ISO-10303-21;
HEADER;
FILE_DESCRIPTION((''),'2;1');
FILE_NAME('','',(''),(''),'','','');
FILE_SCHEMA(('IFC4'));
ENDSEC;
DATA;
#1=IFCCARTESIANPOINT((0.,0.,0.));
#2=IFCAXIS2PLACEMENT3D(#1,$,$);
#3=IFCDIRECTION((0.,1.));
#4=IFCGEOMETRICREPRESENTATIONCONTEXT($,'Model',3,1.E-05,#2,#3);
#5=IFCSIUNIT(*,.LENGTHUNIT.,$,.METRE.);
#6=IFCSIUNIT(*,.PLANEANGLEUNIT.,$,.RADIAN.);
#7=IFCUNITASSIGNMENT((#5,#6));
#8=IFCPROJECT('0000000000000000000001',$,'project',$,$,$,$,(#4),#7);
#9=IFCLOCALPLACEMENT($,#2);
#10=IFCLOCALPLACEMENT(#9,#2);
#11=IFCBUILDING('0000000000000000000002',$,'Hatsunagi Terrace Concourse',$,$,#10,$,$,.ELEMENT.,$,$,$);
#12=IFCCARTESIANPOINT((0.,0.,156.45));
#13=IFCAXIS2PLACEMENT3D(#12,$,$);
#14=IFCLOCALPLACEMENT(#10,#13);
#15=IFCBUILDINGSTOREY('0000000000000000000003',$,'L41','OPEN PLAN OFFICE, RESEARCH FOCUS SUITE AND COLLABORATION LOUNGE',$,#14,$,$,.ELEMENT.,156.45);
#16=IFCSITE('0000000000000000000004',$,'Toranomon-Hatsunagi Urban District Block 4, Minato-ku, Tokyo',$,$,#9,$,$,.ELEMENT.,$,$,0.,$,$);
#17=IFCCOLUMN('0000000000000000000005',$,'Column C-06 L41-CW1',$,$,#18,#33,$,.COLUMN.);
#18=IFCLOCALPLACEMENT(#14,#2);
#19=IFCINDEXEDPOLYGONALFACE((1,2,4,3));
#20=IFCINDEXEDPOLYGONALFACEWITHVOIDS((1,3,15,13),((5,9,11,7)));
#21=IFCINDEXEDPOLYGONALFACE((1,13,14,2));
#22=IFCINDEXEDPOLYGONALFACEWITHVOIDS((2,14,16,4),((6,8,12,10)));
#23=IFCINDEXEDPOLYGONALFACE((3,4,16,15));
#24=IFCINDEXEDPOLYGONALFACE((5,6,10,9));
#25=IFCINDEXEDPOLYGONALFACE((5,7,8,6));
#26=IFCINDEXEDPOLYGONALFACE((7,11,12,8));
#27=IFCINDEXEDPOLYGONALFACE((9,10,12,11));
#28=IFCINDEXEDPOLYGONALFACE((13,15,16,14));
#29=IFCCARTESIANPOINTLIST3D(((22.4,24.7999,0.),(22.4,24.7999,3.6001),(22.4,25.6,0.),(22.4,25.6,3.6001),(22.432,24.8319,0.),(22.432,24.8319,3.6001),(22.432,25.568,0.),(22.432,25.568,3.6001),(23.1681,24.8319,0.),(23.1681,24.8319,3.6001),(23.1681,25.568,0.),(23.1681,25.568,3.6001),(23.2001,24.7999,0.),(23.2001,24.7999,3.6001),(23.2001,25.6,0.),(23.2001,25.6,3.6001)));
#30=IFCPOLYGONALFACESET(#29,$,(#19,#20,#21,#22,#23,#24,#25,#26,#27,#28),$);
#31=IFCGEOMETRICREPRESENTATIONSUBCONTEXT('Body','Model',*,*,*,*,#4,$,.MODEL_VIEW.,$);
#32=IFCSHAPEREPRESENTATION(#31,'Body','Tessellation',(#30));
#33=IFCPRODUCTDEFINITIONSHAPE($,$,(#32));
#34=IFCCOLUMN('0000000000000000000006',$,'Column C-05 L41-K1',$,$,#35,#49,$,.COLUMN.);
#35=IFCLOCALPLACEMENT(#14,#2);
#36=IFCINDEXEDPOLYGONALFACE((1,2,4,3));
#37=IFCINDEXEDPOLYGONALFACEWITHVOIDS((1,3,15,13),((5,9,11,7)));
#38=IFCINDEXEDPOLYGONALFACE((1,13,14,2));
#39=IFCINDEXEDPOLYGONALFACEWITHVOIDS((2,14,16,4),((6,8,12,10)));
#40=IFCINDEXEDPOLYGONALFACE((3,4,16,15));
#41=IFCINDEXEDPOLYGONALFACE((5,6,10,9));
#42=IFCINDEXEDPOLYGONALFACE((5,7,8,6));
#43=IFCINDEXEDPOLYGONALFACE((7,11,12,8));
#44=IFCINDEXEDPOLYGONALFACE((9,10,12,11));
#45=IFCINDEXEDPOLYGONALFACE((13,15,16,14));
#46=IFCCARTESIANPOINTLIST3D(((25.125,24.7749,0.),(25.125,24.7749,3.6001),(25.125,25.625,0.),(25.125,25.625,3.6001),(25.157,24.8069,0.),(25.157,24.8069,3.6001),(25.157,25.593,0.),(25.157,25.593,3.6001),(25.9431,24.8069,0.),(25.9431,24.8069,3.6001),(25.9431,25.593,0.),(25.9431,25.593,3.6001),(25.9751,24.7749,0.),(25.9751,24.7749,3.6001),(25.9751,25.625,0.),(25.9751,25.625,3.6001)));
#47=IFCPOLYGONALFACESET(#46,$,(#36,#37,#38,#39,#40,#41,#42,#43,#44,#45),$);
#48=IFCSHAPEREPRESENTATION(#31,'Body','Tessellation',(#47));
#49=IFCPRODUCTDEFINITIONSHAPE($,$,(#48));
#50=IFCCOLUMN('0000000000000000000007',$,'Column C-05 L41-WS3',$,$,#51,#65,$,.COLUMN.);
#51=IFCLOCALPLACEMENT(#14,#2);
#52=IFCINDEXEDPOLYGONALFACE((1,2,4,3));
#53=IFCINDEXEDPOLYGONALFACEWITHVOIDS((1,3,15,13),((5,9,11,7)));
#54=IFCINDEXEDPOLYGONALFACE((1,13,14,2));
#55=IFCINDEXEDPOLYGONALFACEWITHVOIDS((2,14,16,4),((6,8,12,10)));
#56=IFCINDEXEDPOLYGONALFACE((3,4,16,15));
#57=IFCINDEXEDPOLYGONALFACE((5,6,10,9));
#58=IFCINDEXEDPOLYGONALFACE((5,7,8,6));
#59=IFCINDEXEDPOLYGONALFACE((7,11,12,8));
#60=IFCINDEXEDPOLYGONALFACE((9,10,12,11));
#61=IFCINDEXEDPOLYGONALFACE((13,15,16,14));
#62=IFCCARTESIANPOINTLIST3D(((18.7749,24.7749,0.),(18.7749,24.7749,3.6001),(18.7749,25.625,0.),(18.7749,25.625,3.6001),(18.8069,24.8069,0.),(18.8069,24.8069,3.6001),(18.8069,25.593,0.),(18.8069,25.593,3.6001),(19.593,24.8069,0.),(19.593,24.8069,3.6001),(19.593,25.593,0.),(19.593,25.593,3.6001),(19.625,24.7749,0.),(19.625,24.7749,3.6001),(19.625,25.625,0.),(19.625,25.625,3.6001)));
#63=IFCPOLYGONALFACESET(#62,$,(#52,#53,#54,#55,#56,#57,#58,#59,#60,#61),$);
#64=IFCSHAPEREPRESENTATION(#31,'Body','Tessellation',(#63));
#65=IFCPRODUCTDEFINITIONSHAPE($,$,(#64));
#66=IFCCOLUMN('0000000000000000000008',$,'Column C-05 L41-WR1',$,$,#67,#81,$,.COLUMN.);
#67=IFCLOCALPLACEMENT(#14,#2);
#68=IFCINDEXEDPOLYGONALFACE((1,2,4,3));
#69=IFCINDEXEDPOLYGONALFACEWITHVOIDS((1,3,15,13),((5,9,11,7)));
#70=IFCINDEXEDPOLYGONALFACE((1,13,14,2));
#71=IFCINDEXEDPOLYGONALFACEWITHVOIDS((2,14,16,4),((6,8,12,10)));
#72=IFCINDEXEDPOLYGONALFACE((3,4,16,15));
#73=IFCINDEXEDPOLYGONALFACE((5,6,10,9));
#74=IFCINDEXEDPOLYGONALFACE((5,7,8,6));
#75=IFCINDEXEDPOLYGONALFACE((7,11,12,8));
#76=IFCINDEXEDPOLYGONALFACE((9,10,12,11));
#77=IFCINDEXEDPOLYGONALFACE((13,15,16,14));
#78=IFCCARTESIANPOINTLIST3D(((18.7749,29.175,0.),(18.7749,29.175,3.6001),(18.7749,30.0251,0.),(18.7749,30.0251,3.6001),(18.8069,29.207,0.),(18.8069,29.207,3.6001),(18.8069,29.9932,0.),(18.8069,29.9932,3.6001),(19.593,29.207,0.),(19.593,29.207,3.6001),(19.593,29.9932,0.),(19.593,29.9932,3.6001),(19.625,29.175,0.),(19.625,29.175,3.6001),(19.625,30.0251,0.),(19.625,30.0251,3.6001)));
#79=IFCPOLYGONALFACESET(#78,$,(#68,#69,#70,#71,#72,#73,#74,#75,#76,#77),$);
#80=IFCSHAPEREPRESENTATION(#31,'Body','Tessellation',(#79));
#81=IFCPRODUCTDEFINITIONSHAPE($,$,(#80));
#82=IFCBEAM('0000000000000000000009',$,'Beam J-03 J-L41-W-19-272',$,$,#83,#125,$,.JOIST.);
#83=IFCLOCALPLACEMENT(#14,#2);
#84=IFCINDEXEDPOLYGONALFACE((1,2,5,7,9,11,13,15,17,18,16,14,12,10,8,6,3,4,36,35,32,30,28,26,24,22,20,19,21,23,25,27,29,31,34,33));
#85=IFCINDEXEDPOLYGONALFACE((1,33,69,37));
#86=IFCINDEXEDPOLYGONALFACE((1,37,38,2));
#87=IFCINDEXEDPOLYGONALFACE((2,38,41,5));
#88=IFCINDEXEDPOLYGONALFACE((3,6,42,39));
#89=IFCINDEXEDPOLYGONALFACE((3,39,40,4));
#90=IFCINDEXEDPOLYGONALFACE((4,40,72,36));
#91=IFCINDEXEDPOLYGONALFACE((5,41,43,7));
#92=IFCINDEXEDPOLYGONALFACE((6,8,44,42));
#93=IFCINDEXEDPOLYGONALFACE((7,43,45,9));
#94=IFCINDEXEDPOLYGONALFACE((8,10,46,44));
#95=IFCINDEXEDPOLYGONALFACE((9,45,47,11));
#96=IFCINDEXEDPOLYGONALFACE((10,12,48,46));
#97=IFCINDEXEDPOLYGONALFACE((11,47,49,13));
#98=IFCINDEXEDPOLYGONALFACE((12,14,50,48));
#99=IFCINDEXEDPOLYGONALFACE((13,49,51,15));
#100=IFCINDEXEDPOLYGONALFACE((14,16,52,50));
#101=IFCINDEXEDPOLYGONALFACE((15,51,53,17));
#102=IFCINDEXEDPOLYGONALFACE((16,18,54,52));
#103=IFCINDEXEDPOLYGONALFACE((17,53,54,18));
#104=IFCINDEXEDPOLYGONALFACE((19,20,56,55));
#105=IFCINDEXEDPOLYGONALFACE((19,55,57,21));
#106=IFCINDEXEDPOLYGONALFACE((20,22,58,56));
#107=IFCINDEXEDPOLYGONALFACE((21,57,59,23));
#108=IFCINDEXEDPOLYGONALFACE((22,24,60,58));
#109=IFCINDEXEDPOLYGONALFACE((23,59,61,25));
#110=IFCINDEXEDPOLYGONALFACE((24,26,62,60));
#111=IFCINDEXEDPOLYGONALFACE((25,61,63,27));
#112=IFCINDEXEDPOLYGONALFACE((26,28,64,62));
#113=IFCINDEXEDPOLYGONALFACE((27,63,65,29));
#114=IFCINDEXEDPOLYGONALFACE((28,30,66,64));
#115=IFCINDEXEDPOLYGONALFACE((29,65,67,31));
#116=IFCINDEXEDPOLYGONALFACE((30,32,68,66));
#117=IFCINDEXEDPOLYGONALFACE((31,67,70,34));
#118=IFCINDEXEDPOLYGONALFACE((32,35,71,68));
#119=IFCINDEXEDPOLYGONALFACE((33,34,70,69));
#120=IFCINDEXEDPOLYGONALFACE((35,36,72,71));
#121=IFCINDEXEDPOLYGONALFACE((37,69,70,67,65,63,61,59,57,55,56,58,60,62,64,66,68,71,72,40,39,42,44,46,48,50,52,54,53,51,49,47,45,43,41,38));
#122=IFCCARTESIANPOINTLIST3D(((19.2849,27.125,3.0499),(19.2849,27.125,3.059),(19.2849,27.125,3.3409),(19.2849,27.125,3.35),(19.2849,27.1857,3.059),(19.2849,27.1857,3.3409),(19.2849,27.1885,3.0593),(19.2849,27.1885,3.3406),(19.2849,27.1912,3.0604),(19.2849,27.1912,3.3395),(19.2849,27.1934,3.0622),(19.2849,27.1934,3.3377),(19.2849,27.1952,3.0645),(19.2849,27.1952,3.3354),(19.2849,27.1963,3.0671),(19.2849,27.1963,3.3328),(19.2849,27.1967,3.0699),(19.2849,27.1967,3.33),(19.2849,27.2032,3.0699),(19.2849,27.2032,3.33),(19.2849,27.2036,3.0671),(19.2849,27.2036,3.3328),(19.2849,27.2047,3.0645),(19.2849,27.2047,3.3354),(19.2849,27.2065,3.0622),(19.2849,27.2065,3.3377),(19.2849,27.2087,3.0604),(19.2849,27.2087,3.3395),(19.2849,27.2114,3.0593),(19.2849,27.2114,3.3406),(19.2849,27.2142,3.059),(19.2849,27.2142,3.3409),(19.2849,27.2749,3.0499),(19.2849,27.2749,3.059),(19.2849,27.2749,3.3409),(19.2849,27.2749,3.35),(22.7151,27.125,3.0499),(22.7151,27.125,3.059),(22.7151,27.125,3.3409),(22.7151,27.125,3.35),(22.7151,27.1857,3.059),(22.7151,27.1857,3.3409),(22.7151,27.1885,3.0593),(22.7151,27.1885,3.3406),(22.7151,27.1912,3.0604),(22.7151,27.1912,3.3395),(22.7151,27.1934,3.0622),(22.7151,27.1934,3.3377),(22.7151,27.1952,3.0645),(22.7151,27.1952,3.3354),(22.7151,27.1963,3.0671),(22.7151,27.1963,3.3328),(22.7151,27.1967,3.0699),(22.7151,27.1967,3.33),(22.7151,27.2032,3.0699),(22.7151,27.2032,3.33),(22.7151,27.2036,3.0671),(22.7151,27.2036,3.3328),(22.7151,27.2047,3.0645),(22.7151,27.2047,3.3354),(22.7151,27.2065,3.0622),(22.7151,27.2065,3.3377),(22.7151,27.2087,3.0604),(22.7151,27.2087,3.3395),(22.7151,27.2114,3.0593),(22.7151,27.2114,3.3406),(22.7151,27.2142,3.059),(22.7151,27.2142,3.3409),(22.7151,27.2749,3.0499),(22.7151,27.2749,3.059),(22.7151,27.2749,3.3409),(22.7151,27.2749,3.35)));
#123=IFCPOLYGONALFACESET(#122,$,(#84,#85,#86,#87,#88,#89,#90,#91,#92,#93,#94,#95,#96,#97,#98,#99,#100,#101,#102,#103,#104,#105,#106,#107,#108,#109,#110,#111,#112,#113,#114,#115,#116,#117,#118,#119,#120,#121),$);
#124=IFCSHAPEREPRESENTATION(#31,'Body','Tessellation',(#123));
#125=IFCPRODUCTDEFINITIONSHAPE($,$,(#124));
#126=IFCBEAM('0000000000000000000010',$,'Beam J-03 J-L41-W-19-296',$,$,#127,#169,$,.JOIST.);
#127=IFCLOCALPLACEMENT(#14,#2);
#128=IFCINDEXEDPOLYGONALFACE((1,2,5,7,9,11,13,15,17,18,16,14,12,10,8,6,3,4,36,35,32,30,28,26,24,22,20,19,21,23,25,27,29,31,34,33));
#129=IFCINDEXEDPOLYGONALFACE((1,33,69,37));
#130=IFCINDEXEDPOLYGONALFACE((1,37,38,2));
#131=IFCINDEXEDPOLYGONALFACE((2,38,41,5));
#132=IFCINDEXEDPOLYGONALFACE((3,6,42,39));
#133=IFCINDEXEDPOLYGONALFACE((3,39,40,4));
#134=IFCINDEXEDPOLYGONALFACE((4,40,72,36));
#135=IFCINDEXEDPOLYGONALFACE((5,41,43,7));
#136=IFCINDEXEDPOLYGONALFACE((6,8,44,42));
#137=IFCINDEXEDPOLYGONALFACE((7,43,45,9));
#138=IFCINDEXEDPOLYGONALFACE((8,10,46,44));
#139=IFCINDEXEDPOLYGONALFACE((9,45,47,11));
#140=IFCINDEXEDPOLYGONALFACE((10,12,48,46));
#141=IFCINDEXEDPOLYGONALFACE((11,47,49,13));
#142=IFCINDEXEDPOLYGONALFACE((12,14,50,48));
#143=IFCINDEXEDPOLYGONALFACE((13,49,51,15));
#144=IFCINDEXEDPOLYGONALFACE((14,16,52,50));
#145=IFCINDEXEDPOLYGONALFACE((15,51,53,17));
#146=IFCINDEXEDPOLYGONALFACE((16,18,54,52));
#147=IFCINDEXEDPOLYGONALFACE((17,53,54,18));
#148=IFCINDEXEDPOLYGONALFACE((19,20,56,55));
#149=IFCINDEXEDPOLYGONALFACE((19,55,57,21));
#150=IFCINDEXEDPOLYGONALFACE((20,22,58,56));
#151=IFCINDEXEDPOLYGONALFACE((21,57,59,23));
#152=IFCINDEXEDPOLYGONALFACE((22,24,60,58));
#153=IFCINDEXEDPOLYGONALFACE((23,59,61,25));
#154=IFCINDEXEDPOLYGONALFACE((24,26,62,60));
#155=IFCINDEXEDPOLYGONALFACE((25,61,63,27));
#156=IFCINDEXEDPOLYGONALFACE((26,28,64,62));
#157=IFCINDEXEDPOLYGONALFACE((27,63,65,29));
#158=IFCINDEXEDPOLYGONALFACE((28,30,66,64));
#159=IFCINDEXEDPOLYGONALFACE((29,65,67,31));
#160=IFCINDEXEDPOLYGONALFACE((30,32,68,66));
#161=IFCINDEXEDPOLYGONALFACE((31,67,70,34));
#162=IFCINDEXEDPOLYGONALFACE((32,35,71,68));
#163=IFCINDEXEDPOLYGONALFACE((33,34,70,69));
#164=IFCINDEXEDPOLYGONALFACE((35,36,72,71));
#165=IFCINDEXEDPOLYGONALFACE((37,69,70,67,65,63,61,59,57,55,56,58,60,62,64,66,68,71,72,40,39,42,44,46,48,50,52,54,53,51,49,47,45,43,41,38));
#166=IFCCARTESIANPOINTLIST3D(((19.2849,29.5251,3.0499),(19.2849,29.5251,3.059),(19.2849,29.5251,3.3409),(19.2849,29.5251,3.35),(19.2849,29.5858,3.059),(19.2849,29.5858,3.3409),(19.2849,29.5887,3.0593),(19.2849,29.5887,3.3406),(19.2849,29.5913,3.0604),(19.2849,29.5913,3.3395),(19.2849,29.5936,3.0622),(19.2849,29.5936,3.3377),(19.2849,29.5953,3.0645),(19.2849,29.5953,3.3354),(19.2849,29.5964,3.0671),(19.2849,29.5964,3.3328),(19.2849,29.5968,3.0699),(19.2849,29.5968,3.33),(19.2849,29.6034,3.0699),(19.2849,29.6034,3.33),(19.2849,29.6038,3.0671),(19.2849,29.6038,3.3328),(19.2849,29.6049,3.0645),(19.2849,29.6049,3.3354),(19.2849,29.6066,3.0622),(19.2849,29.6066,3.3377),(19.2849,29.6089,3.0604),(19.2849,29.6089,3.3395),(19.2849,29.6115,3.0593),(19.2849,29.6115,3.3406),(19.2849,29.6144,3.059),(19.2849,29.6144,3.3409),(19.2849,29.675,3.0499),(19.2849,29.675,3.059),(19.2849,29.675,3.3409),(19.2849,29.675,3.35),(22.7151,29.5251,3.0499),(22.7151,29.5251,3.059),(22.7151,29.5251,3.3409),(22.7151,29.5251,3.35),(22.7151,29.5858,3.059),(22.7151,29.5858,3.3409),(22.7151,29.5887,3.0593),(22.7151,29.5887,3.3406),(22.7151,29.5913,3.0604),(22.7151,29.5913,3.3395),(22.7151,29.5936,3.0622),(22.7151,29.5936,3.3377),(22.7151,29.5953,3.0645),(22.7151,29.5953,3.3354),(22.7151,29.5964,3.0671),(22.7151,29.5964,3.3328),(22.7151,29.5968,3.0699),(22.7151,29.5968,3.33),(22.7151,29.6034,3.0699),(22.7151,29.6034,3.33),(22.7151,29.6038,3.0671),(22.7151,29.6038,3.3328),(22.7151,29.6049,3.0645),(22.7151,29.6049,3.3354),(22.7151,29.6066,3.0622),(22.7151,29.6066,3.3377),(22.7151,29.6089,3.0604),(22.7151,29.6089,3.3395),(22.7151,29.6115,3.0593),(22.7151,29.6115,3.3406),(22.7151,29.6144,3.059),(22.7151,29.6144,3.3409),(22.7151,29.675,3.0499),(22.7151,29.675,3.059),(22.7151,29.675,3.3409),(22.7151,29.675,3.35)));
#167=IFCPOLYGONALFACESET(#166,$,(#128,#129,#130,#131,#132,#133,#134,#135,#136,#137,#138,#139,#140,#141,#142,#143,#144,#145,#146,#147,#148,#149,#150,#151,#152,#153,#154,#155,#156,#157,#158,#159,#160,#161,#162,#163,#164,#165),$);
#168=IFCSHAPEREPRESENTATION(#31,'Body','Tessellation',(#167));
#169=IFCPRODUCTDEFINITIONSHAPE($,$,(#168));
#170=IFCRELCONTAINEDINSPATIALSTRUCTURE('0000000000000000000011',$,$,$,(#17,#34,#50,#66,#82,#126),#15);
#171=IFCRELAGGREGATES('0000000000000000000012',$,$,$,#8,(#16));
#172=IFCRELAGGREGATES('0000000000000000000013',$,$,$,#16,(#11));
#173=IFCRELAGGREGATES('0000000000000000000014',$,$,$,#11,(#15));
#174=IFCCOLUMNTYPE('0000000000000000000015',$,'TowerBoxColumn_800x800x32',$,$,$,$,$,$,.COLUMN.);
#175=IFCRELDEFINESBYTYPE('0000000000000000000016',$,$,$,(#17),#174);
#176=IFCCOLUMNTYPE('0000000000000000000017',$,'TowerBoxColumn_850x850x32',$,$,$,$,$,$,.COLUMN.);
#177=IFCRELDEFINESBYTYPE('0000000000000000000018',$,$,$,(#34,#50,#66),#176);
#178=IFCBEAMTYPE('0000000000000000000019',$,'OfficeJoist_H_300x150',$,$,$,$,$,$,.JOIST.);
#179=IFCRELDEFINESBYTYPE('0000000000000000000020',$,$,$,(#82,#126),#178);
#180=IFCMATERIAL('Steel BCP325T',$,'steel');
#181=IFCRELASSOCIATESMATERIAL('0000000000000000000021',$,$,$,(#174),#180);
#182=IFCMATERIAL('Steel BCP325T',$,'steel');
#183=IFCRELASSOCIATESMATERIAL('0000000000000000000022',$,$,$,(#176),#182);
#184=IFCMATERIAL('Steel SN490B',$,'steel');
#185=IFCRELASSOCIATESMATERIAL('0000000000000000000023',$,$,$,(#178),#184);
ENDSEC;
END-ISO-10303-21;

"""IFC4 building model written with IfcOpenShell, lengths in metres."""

from ifc_helpers import new_model, si_unit, direction, frame, origin, origin_2d, place, context, subcontext, project, spatial, hollow_rectangle, i_section, extrude, material, material_profile, profile_set, type_object, element, save


model = new_model("IFC4")

# Units and contexts
model_context = context("Model", 3, precision=1e-05, world=origin(), true_north=direction((0.0, 1.0)))
body_context = subcontext(model_context, "Body", "Model", "MODEL_VIEW")
ifc_project = project(units=[si_unit("LENGTHUNIT", "METRE"), si_unit("PLANEANGLEUNIT", "RADIAN")], contexts=[model_context])

# Site, building, storey
site_placement = place(None, origin())
site = spatial("IfcSite", under=ifc_project, at=site_placement, Name="Toranomon-Hatsunagi Urban District Block 4, Minato-ku, Tokyo", CompositionType="ELEMENT", RefElevation=0.0)
building_placement = place(site_placement, origin())
building = spatial("IfcBuilding", under=site, at=building_placement, Name="Hatsunagi Terrace Concourse", CompositionType="ELEMENT")
storey_placement = place(building_placement, frame((0.0, 0.0, 156.45)))
storey = spatial("IfcBuildingStorey", under=building, at=storey_placement, Name="L41", Description="OPEN PLAN OFFICE, RESEARCH FOCUS SUITE AND COLLABORATION LOUNGE", CompositionType="ELEMENT", Elevation=156.45)

# Columns
ifc_material_1 = material(Name="Steel BCP325T", Category="steel")
ifc_material_profile_1 = material_profile(ifc_material_1, hollow_rectangle(XDim=0.8, YDim=0.8, WallThickness=0.032, at=origin_2d()), Name="BCP-800x800x32")
ifc_profile_set_1 = profile_set([ifc_material_profile_1], Name="Steel BCP325T")
column_type_1 = type_object("IfcColumnType", Name="TowerBoxColumn_800x800x32", PredefinedType="COLUMN", material=ifc_profile_set_1)
column_placement = place(storey_placement, frame((22.8, 25.2, 0.0), z_axis=(0.0, 0.0, 1.0), x_axis=(1.0, 0.0, 0.0)))
element("IfcColumn", 1, at=column_placement, inside=storey, type_object=column_type_1, Name="Column C-06 L41-CW1", PredefinedType="COLUMN", context=body_context, shape_type="SweptSolid", body=[
    extrude(hollow_rectangle(XDim=0.8, YDim=0.8, WallThickness=0.032, at=origin_2d()), origin(), (0.0, 0.0, 1.0), 3.6001),
])
ifc_material_2 = material(Name="Steel BCP325T", Category="steel")
ifc_material_profile_2 = material_profile(ifc_material_2, hollow_rectangle(XDim=0.8501, YDim=0.8501, WallThickness=0.032, at=origin_2d()), Name="BCP-850x850x32")
ifc_profile_set_2 = profile_set([ifc_material_profile_2], Name="Steel BCP325T")
column_type_2 = type_object("IfcColumnType", Name="TowerBoxColumn_850x850x32", PredefinedType="COLUMN", material=ifc_profile_set_2)
for number, where, z_axis, x_axis, name in (
    (2, (25.55, 25.2, 0.0), (0.0, 0.0, 1.0), (1.0, 0.0, 0.0), "Column C-05 L41-K1"),
    (3, (19.2, 25.2, 0.0), (0.0, 0.0, 1.0), (1.0, 0.0, 0.0), "Column C-05 L41-WS3"),
    (4, (19.2, 29.6001, 0.0), (0.0, 0.0, 1.0), (1.0, 0.0, 0.0), "Column C-05 L41-WR1"),
):
    element("IfcColumn", number, at=place(storey_placement, frame(where, z_axis=z_axis, x_axis=x_axis)), inside=storey, type_object=column_type_2, Name=name, PredefinedType="COLUMN", context=body_context, shape_type="SweptSolid", body=[
        extrude(hollow_rectangle(XDim=0.8501, YDim=0.8501, WallThickness=0.032, at=origin_2d()), origin(), (0.0, 0.0, 1.0), 3.6001),
    ])

# Beams
ifc_material_3 = material(Name="Steel SN490B", Category="steel")
ifc_material_profile_3 = material_profile(ifc_material_3, i_section(OverallWidth=0.1499, OverallDepth=0.3, WebThickness=0.0066, FlangeThickness=0.009, FilletRadius=0.011, at=origin_2d()), Name="H-300x150x6.5x9")
ifc_profile_set_3 = profile_set([ifc_material_profile_3], Name="Steel SN490B")
beam_type_1 = type_object("IfcBeamType", Name="OfficeJoist_H_300x150", PredefinedType="JOIST", material=ifc_profile_set_3)
for number, where, z_axis, x_axis, name in (
    (5, (19.2849, 27.2, 3.2), (1.0, 0.0, 0.0), (0.0, 1.0, 0.0), "Beam J-03 J-L41-W-19-272"),
    (6, (19.2849, 29.6001, 3.2), (1.0, 0.0, 0.0), (0.0, 1.0, 0.0), "Beam J-03 J-L41-W-19-296"),
):
    element("IfcBeam", number, at=place(storey_placement, frame(where, z_axis=z_axis, x_axis=x_axis)), inside=storey, type_object=beam_type_1, Name=name, PredefinedType="JOIST", context=body_context, shape_type="SweptSolid", body=[
        extrude(i_section(OverallWidth=0.1499, OverallDepth=0.3, WebThickness=0.0066, FlangeThickness=0.009, FilletRadius=0.011, at=origin_2d()), origin(), (0.0, 0.0, 1.0), 3.4302),
    ])

save(model, "model.ifc")
